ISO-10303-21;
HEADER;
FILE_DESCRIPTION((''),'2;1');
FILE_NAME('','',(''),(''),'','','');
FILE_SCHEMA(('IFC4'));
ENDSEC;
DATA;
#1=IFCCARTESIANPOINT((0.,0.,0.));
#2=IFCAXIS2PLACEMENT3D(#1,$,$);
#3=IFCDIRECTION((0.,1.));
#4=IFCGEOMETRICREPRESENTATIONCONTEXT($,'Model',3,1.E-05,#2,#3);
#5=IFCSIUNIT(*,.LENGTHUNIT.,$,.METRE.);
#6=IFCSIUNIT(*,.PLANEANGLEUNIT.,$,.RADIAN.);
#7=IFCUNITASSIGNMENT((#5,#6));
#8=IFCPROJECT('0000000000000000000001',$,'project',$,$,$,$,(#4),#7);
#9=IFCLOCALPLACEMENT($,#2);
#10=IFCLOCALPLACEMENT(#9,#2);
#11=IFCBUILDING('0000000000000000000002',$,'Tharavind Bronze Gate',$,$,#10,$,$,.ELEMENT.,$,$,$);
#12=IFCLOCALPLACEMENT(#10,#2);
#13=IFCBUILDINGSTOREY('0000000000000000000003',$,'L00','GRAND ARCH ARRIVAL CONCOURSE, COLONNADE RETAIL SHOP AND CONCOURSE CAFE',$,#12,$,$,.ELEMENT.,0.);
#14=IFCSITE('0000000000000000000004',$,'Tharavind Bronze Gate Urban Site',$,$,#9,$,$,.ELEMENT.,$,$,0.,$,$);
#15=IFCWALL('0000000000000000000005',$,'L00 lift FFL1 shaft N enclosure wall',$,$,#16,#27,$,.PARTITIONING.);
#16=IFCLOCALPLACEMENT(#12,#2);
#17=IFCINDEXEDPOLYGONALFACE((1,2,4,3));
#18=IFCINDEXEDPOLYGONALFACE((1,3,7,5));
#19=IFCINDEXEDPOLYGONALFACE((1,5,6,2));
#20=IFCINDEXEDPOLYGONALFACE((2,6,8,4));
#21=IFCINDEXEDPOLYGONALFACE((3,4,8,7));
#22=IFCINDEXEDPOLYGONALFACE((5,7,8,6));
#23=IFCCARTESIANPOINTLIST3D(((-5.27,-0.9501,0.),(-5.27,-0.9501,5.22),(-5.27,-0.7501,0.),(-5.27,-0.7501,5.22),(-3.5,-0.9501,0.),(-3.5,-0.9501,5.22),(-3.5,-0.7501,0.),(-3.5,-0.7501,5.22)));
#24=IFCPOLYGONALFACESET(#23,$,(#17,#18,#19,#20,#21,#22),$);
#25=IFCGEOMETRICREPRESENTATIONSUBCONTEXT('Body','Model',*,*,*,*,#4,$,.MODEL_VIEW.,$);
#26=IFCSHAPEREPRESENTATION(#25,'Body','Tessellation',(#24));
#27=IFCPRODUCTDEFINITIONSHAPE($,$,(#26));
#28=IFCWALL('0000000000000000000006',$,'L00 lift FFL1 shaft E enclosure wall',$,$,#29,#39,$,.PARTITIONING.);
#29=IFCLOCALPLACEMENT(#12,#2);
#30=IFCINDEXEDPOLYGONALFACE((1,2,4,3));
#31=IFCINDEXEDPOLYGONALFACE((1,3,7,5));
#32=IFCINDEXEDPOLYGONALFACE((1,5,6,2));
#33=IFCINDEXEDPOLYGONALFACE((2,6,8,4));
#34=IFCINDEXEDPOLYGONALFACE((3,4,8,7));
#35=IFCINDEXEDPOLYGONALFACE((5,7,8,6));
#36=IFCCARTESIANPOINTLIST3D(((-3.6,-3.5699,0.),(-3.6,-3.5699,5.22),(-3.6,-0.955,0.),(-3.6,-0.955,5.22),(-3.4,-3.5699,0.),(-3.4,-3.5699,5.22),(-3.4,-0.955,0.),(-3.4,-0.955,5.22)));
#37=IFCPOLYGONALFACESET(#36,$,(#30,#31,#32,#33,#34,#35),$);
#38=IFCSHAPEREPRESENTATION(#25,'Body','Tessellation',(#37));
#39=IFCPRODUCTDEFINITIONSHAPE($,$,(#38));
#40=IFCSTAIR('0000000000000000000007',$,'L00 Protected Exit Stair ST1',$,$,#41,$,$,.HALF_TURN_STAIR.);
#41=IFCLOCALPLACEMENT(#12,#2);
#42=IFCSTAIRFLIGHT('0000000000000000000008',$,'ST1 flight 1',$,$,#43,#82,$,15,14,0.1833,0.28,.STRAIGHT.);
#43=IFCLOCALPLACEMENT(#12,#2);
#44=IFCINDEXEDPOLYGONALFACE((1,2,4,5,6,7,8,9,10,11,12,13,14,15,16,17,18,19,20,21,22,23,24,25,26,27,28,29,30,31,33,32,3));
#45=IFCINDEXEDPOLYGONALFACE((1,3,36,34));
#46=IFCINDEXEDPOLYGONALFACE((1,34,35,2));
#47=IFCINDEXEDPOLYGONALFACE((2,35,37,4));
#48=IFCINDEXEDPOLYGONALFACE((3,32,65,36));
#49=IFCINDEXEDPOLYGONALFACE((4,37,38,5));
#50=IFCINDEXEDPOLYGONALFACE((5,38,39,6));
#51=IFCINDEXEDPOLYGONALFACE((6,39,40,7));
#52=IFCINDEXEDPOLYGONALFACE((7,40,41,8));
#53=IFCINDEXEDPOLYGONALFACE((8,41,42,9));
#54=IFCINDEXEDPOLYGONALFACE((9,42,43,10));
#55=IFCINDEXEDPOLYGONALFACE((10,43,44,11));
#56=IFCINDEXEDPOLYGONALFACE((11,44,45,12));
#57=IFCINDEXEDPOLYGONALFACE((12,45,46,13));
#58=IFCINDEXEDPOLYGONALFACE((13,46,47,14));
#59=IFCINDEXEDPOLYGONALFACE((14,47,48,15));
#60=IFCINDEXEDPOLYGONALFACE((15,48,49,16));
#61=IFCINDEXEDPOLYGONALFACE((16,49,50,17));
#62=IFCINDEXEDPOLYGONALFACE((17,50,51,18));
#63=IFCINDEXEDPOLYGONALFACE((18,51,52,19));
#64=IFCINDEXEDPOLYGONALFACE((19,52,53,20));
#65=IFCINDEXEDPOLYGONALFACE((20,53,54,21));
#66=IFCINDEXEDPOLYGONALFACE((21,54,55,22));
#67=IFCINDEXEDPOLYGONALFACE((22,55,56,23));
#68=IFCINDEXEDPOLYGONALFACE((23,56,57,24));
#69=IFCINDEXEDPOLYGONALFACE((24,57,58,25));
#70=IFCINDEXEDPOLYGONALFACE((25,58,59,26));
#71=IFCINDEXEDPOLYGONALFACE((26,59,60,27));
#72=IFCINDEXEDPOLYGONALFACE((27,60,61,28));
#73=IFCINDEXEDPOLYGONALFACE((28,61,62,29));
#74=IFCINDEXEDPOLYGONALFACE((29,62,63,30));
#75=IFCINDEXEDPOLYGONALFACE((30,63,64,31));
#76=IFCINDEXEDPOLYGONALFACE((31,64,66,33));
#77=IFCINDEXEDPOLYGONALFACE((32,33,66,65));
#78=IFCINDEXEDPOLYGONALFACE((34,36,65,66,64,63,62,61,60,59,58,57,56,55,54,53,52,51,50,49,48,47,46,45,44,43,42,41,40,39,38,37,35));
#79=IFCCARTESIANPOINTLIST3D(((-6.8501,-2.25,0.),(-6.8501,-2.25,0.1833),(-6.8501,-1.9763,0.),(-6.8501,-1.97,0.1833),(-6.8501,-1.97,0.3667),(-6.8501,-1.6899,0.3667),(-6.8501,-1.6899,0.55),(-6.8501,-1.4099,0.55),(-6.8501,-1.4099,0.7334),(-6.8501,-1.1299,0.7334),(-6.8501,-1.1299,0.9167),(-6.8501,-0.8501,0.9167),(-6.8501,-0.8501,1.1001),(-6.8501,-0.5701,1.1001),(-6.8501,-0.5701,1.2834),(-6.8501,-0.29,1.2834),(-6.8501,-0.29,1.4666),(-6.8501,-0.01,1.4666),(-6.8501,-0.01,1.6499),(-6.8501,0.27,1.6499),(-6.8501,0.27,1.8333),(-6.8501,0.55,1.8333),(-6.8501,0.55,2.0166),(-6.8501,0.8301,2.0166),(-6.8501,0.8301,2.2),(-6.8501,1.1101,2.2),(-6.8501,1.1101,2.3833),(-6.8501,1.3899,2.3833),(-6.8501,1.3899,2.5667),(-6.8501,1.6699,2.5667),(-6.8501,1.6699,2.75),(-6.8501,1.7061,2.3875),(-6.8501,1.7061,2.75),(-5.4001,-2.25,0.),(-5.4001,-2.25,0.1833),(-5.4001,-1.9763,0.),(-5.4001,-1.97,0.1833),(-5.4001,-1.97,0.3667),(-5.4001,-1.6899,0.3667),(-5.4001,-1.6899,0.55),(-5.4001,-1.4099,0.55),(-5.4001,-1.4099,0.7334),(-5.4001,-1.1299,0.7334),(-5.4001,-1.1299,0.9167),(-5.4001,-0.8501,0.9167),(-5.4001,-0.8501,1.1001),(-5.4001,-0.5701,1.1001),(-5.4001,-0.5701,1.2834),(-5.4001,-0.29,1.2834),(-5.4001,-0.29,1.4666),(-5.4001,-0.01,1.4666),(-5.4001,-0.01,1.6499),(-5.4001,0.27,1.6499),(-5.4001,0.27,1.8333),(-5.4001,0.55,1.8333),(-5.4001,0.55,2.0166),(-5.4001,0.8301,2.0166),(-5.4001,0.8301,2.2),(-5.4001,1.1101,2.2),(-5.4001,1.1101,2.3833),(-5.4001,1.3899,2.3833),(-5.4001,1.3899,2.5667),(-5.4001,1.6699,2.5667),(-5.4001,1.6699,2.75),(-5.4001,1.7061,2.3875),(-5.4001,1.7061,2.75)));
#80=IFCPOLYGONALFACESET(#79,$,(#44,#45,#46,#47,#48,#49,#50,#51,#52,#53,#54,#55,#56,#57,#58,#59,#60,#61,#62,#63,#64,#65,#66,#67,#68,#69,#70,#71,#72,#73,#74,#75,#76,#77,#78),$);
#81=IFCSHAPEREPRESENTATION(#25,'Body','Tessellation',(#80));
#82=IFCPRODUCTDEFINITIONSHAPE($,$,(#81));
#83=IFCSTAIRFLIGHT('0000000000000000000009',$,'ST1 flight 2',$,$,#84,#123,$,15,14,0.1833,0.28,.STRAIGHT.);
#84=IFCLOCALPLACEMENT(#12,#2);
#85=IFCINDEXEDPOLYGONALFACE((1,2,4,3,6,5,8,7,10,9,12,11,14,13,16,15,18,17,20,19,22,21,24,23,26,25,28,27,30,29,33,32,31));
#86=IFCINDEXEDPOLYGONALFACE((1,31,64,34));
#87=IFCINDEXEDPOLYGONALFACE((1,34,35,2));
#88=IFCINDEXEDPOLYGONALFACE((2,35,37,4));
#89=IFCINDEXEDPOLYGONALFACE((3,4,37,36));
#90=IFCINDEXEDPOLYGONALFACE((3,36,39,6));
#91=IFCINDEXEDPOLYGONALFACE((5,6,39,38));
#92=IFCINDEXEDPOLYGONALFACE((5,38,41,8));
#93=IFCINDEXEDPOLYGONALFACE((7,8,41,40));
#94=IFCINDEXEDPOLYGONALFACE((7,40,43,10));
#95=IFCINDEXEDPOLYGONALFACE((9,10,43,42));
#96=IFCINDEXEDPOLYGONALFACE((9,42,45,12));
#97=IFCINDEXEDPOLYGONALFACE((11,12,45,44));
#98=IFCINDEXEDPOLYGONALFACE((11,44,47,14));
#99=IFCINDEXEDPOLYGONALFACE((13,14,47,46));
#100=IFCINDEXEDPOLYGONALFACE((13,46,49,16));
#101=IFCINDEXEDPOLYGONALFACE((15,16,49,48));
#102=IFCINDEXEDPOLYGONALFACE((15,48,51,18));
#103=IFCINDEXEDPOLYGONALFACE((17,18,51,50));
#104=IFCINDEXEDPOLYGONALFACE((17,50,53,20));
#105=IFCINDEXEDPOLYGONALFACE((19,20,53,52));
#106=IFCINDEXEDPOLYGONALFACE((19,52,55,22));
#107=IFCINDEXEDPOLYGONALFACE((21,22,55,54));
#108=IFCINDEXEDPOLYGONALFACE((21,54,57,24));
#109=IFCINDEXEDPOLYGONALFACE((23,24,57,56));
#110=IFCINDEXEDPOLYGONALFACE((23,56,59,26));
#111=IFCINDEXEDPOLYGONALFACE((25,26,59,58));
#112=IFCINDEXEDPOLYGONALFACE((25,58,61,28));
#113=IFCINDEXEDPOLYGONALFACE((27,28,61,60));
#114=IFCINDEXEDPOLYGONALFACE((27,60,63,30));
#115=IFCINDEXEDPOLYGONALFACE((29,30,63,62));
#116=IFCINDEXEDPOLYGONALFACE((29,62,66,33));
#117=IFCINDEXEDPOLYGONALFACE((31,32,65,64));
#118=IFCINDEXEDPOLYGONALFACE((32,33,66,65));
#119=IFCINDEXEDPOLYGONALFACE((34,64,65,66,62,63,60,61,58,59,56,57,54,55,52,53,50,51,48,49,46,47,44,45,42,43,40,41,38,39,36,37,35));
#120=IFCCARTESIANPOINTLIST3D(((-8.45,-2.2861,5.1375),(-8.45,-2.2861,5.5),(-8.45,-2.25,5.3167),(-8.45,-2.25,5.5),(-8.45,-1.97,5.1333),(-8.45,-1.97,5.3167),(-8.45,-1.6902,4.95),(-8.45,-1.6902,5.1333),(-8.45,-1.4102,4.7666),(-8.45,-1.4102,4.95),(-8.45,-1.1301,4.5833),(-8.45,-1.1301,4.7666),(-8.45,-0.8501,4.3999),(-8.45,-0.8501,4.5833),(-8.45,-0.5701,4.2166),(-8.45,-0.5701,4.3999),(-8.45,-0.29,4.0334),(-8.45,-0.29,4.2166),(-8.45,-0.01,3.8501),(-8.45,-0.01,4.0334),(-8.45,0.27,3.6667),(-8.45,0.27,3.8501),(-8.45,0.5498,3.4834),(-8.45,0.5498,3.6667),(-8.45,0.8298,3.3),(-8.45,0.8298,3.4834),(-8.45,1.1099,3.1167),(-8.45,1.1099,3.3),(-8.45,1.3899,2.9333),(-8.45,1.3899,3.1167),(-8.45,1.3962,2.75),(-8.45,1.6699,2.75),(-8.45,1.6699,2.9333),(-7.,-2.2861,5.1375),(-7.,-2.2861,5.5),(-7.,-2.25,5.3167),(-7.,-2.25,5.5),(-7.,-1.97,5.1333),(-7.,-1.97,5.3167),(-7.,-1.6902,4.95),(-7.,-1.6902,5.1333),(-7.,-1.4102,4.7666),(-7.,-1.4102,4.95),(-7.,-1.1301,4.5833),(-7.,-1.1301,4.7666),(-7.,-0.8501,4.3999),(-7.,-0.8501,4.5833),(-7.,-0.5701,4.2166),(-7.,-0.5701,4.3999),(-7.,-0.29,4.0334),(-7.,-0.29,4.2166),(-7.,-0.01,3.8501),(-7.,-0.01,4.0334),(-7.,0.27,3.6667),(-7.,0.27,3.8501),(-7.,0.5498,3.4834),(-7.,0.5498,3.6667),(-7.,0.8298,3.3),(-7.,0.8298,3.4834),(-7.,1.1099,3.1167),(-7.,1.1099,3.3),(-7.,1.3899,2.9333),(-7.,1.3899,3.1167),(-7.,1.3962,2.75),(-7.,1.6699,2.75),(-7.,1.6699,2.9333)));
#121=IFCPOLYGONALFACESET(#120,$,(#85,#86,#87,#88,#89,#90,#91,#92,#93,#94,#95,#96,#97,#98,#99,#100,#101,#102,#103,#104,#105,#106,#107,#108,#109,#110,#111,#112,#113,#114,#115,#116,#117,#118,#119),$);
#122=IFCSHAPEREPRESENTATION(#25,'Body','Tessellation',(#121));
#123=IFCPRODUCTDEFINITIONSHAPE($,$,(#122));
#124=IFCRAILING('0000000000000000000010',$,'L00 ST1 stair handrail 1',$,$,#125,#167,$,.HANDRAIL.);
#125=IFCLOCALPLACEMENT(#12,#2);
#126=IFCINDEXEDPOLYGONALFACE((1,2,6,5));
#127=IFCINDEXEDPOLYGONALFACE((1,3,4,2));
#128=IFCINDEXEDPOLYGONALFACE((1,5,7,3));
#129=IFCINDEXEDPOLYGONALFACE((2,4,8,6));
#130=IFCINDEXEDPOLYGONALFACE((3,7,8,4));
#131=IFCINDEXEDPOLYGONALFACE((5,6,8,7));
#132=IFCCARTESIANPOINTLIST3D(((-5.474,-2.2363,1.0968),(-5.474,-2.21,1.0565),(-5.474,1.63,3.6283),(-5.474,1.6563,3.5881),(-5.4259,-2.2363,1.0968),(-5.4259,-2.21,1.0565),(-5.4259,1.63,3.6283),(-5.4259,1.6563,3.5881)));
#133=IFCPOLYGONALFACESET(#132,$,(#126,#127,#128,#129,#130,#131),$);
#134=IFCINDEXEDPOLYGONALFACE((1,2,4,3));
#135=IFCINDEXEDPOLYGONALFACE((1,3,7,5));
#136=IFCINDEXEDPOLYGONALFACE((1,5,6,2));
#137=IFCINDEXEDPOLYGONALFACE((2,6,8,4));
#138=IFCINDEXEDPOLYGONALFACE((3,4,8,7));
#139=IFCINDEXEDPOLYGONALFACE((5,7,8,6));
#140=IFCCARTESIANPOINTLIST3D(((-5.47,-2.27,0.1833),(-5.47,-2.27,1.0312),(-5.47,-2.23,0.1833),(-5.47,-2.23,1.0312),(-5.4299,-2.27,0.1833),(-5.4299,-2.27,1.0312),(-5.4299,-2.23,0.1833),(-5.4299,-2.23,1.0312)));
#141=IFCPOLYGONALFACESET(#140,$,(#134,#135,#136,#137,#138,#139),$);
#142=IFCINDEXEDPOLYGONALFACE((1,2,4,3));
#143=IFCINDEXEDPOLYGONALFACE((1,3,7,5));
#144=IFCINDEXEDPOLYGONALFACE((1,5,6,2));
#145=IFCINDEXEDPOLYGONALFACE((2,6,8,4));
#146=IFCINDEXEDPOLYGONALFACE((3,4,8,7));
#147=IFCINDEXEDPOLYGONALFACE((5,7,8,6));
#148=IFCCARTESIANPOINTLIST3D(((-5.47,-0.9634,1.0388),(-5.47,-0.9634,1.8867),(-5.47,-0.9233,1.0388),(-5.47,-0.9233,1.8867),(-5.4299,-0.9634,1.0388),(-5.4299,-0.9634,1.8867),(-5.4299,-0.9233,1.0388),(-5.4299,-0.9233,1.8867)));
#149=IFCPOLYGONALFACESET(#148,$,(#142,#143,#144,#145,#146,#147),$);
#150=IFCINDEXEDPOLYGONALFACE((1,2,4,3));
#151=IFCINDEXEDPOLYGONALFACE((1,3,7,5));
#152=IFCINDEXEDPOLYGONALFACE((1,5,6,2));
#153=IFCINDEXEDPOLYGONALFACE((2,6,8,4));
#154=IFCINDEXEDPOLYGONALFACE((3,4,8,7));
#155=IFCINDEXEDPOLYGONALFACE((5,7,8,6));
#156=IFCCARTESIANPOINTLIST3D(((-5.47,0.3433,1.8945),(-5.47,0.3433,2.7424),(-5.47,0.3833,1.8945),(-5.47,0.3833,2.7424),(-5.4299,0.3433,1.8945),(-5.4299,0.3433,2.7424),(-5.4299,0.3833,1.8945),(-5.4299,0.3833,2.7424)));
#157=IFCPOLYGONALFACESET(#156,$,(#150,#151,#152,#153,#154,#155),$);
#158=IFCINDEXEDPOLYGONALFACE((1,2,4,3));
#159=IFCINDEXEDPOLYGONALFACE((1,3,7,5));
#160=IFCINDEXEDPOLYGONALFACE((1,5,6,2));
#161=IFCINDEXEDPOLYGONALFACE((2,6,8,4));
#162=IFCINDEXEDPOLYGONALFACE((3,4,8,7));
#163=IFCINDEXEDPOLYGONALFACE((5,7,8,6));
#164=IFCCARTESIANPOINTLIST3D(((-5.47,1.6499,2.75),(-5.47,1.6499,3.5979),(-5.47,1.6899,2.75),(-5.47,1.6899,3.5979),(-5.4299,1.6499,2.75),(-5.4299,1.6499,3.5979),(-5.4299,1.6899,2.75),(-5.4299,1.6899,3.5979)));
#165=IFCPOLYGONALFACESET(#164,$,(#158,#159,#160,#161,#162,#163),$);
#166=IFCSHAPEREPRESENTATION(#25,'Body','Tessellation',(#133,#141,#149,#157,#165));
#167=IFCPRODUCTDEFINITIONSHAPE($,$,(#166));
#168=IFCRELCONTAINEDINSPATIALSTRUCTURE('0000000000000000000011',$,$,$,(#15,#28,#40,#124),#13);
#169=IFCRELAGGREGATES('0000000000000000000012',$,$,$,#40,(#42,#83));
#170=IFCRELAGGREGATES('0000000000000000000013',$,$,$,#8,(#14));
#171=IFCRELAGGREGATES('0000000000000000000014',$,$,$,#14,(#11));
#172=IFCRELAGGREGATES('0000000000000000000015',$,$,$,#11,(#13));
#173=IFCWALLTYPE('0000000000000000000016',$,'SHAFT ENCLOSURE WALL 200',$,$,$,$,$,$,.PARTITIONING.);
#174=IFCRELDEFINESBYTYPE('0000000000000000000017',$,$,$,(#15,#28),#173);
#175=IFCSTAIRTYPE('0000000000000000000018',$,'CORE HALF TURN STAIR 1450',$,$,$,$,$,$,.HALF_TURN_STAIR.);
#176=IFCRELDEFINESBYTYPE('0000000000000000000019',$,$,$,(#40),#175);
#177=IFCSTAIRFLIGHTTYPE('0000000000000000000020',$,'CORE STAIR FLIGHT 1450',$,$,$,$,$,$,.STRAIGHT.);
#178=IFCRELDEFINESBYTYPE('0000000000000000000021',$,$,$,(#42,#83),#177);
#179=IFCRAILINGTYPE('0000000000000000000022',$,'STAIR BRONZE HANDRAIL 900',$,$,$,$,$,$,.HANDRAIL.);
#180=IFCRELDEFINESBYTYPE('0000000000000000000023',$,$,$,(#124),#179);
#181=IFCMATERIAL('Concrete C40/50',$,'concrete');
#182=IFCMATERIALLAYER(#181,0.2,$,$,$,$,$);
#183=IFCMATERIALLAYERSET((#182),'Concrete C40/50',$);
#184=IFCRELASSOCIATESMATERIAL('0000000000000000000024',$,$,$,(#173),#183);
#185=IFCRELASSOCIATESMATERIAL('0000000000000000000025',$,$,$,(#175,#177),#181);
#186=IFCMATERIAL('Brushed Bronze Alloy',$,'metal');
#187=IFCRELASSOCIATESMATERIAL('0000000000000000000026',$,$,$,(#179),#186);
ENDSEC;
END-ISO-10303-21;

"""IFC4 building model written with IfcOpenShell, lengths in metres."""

from ifc_helpers import new_model, si_unit, direction, frame, frame_2d, origin, origin_2d, place, context, subcontext, project, spatial, polyline, rectangle, outline, extrude, material, layer, layer_set, type_object, element, aggregate, save


model = new_model("IFC4")

# Units and contexts
model_context = context("Model", 3, precision=1e-05, world=origin(), true_north=direction((0.0, 1.0)))
body_context = subcontext(model_context, "Body", "Model", "MODEL_VIEW")
ifc_project = project(units=[si_unit("LENGTHUNIT", "METRE"), si_unit("PLANEANGLEUNIT", "RADIAN")], contexts=[model_context])

# Site, building, storey
site_placement = place(None, origin())
site = spatial("IfcSite", under=ifc_project, at=site_placement, Name="Tharavind Bronze Gate Urban Site", CompositionType="ELEMENT", RefElevation=0.0)
building_placement = place(site_placement, origin())
building = spatial("IfcBuilding", under=site, at=building_placement, Name="Tharavind Bronze Gate", CompositionType="ELEMENT")
storey_placement = place(building_placement, origin())
storey = spatial("IfcBuildingStorey", under=building, at=storey_placement, Name="L00", Description="GRAND ARCH ARRIVAL CONCOURSE, COLONNADE RETAIL SHOP AND CONCOURSE CAFE", CompositionType="ELEMENT", Elevation=0.0)

# Shared definitions
ifc_material_1 = material(Name="Concrete C40/50", Category="concrete")

# Walls
ifc_layer_1 = layer(ifc_material_1, 0.2)
ifc_layer_set_1 = layer_set([ifc_layer_1], Name="Concrete C40/50")
wall_type_1 = type_object("IfcWallType", Name="SHAFT ENCLOSURE WALL 200", PredefinedType="PARTITIONING", material=ifc_layer_set_1)
wall_1_placement = place(storey_placement, frame((-5.27, -0.8501, 0.0), z_axis=(0.0, 0.0, 1.0), x_axis=(1.0, 0.0, 0.0)))
element("IfcWall", 1, at=wall_1_placement, inside=storey, type_object=wall_type_1, Name="L00 lift FFL1 shaft N enclosure wall", PredefinedType="PARTITIONING", context=body_context, shape_type="SweptSolid", body=[
    extrude(rectangle(XDim=1.77, YDim=0.2, at=frame_2d((0.885, 0.0))), origin(), (0.0, 0.0, 1.0), 5.22),
])
wall_2_placement = place(storey_placement, frame((-3.5, -3.5701, 0.0), z_axis=(0.0, 0.0, 1.0), x_axis=(0.0, 1.0, 0.0)))
element("IfcWall", 2, at=wall_2_placement, inside=storey, type_object=wall_type_1, Name="L00 lift FFL1 shaft E enclosure wall", PredefinedType="PARTITIONING", context=body_context, shape_type="SweptSolid", body=[
    extrude(rectangle(XDim=2.615, YDim=0.2, at=frame_2d((1.3076, 0.0))), origin(), (0.0, 0.0, 1.0), 5.22),
])

# Stair, stair flights
stair_type = type_object("IfcStairType", Name="CORE HALF TURN STAIR 1450", PredefinedType="HALF_TURN_STAIR", material=ifc_material_1)
stair_placement = place(storey_placement, origin())
stair = element("IfcStair", 3, at=stair_placement, inside=storey, type_object=stair_type, Name="L00 Protected Exit Stair ST1", PredefinedType="HALF_TURN_STAIR")
stair_flight_type = type_object("IfcStairFlightType", Name="CORE STAIR FLIGHT 1450", PredefinedType="STRAIGHT", material=ifc_material_1)
stair_flight_1_placement = place(storey_placement, frame((-6.125, -2.25, 0.0), z_axis=(0.0, 0.0, 1.0), x_axis=(0.0, 1.0, 0.0)))
stair_flight_1 = element("IfcStairFlight", 4, at=stair_flight_1_placement, type_object=stair_flight_type, Name="ST1 flight 1", NumberOfRisers=15, NumberOfTreads=14, PredefinedType="STRAIGHT", RiserHeight=0.1833, TreadLength=0.28, context=body_context, shape_type="SweptSolid", body=[
    extrude(outline(polyline([(0.0, 0.0), (0.0, 0.1833), (0.28, 0.1833), (0.28, 0.3667), (0.5601, 0.3667), (0.5601, 0.55), (0.8401, 0.55), (0.8401, 0.7334), (1.1201, 0.7334), (1.1201, 0.9167), (1.3999, 0.9167), (1.3999, 1.1001), (1.6799, 1.1001), (1.6799, 1.2834), (1.96, 1.2834), (1.96, 1.4666), (2.24, 1.4666), (2.24, 1.6499), (2.52, 1.6499), (2.52, 1.8333), (2.8, 1.8333), (2.8, 2.0166), (3.0801, 2.0166), (3.0801, 2.2), (3.3601, 2.2), (3.3601, 2.3833), (3.6399, 2.3833), (3.6399, 2.5667), (3.9199, 2.5667), (3.9199, 2.75), (3.9561, 2.75), (3.9561, 2.3875), (0.2737, 0.0), (0.0, 0.0)])), frame((0.0, 0.7251, 0.0), z_axis=(0.0, -1.0, 0.0), x_axis=(1.0, 0.0, 0.0)), (0.0, 0.0, 1.0), 1.45),
])
stair_flight_2_placement = place(storey_placement, frame((-7.7251, 1.6699, 2.75), z_axis=(0.0, 0.0, 1.0), x_axis=(0.0, -1.0, 0.0)))
stair_flight_2 = element("IfcStairFlight", 5, at=stair_flight_2_placement, type_object=stair_flight_type, Name="ST1 flight 2", NumberOfRisers=15, NumberOfTreads=14, PredefinedType="STRAIGHT", RiserHeight=0.1833, TreadLength=0.28, context=body_context, shape_type="SweptSolid", body=[
    extrude(outline(polyline([(0.0, 0.0), (0.0, 0.1833), (0.28, 0.1833), (0.28, 0.3667), (0.5601, 0.3667), (0.5601, 0.55), (0.8401, 0.55), (0.8401, 0.7334), (1.1201, 0.7334), (1.1201, 0.9167), (1.3999, 0.9167), (1.3999, 1.1001), (1.6799, 1.1001), (1.6799, 1.2834), (1.96, 1.2834), (1.96, 1.4666), (2.24, 1.4666), (2.24, 1.6499), (2.52, 1.6499), (2.52, 1.8333), (2.8, 1.8333), (2.8, 2.0166), (3.0801, 2.0166), (3.0801, 2.2), (3.3601, 2.2), (3.3601, 2.3833), (3.6399, 2.3833), (3.6399, 2.5667), (3.9199, 2.5667), (3.9199, 2.75), (3.9561, 2.75), (3.9561, 2.3875), (0.2737, 0.0), (0.0, 0.0)])), frame((0.0, 0.7251, 0.0), z_axis=(0.0, -1.0, 0.0), x_axis=(1.0, 0.0, 0.0)), (0.0, 0.0, 1.0), 1.45),
])
aggregate(stair, [stair_flight_1, stair_flight_2])

# Railing
ifc_material_2 = material(Name="Brushed Bronze Alloy", Category="metal")
railing_type_1 = type_object("IfcRailingType", Name="STAIR BRONZE HANDRAIL 900", PredefinedType="HANDRAIL", material=ifc_material_2)
railing_1_placement = place(storey_placement, frame((-5.45, -2.25, 0.1833)))
element("IfcRailing", 6, at=railing_1_placement, inside=storey, type_object=railing_type_1, Name="L00 ST1 stair handrail 1", PredefinedType="HANDRAIL", context=body_context, shape_type="SweptSolid", body=[
    extrude(rectangle(XDim=0.0481, YDim=0.0481, at=origin_2d()), frame((0.0, 0.0269, 0.8933), z_axis=(0.0, 0.836615, 0.547791), x_axis=(-1.0, 0.0, 0.0)), (0.0, 0.0, 1.0), 4.6213),
    extrude(rectangle(XDim=0.04, YDim=0.04, at=origin_2d()), origin(), (0.0, 0.0, 1.0), 0.8479),
    extrude(rectangle(XDim=0.04, YDim=0.04, at=origin_2d()), frame((0.0, 1.3066, 0.8555)), (0.0, 0.0, 1.0), 0.8479),
    extrude(rectangle(XDim=0.04, YDim=0.04, at=origin_2d()), frame((0.0, 2.6133, 1.7112)), (0.0, 0.0, 1.0), 0.8479),
    extrude(rectangle(XDim=0.04, YDim=0.04, at=origin_2d()), frame((0.0, 3.9199, 2.5667)), (0.0, 0.0, 1.0), 0.8479),
])

save(model, "model.ifc")
